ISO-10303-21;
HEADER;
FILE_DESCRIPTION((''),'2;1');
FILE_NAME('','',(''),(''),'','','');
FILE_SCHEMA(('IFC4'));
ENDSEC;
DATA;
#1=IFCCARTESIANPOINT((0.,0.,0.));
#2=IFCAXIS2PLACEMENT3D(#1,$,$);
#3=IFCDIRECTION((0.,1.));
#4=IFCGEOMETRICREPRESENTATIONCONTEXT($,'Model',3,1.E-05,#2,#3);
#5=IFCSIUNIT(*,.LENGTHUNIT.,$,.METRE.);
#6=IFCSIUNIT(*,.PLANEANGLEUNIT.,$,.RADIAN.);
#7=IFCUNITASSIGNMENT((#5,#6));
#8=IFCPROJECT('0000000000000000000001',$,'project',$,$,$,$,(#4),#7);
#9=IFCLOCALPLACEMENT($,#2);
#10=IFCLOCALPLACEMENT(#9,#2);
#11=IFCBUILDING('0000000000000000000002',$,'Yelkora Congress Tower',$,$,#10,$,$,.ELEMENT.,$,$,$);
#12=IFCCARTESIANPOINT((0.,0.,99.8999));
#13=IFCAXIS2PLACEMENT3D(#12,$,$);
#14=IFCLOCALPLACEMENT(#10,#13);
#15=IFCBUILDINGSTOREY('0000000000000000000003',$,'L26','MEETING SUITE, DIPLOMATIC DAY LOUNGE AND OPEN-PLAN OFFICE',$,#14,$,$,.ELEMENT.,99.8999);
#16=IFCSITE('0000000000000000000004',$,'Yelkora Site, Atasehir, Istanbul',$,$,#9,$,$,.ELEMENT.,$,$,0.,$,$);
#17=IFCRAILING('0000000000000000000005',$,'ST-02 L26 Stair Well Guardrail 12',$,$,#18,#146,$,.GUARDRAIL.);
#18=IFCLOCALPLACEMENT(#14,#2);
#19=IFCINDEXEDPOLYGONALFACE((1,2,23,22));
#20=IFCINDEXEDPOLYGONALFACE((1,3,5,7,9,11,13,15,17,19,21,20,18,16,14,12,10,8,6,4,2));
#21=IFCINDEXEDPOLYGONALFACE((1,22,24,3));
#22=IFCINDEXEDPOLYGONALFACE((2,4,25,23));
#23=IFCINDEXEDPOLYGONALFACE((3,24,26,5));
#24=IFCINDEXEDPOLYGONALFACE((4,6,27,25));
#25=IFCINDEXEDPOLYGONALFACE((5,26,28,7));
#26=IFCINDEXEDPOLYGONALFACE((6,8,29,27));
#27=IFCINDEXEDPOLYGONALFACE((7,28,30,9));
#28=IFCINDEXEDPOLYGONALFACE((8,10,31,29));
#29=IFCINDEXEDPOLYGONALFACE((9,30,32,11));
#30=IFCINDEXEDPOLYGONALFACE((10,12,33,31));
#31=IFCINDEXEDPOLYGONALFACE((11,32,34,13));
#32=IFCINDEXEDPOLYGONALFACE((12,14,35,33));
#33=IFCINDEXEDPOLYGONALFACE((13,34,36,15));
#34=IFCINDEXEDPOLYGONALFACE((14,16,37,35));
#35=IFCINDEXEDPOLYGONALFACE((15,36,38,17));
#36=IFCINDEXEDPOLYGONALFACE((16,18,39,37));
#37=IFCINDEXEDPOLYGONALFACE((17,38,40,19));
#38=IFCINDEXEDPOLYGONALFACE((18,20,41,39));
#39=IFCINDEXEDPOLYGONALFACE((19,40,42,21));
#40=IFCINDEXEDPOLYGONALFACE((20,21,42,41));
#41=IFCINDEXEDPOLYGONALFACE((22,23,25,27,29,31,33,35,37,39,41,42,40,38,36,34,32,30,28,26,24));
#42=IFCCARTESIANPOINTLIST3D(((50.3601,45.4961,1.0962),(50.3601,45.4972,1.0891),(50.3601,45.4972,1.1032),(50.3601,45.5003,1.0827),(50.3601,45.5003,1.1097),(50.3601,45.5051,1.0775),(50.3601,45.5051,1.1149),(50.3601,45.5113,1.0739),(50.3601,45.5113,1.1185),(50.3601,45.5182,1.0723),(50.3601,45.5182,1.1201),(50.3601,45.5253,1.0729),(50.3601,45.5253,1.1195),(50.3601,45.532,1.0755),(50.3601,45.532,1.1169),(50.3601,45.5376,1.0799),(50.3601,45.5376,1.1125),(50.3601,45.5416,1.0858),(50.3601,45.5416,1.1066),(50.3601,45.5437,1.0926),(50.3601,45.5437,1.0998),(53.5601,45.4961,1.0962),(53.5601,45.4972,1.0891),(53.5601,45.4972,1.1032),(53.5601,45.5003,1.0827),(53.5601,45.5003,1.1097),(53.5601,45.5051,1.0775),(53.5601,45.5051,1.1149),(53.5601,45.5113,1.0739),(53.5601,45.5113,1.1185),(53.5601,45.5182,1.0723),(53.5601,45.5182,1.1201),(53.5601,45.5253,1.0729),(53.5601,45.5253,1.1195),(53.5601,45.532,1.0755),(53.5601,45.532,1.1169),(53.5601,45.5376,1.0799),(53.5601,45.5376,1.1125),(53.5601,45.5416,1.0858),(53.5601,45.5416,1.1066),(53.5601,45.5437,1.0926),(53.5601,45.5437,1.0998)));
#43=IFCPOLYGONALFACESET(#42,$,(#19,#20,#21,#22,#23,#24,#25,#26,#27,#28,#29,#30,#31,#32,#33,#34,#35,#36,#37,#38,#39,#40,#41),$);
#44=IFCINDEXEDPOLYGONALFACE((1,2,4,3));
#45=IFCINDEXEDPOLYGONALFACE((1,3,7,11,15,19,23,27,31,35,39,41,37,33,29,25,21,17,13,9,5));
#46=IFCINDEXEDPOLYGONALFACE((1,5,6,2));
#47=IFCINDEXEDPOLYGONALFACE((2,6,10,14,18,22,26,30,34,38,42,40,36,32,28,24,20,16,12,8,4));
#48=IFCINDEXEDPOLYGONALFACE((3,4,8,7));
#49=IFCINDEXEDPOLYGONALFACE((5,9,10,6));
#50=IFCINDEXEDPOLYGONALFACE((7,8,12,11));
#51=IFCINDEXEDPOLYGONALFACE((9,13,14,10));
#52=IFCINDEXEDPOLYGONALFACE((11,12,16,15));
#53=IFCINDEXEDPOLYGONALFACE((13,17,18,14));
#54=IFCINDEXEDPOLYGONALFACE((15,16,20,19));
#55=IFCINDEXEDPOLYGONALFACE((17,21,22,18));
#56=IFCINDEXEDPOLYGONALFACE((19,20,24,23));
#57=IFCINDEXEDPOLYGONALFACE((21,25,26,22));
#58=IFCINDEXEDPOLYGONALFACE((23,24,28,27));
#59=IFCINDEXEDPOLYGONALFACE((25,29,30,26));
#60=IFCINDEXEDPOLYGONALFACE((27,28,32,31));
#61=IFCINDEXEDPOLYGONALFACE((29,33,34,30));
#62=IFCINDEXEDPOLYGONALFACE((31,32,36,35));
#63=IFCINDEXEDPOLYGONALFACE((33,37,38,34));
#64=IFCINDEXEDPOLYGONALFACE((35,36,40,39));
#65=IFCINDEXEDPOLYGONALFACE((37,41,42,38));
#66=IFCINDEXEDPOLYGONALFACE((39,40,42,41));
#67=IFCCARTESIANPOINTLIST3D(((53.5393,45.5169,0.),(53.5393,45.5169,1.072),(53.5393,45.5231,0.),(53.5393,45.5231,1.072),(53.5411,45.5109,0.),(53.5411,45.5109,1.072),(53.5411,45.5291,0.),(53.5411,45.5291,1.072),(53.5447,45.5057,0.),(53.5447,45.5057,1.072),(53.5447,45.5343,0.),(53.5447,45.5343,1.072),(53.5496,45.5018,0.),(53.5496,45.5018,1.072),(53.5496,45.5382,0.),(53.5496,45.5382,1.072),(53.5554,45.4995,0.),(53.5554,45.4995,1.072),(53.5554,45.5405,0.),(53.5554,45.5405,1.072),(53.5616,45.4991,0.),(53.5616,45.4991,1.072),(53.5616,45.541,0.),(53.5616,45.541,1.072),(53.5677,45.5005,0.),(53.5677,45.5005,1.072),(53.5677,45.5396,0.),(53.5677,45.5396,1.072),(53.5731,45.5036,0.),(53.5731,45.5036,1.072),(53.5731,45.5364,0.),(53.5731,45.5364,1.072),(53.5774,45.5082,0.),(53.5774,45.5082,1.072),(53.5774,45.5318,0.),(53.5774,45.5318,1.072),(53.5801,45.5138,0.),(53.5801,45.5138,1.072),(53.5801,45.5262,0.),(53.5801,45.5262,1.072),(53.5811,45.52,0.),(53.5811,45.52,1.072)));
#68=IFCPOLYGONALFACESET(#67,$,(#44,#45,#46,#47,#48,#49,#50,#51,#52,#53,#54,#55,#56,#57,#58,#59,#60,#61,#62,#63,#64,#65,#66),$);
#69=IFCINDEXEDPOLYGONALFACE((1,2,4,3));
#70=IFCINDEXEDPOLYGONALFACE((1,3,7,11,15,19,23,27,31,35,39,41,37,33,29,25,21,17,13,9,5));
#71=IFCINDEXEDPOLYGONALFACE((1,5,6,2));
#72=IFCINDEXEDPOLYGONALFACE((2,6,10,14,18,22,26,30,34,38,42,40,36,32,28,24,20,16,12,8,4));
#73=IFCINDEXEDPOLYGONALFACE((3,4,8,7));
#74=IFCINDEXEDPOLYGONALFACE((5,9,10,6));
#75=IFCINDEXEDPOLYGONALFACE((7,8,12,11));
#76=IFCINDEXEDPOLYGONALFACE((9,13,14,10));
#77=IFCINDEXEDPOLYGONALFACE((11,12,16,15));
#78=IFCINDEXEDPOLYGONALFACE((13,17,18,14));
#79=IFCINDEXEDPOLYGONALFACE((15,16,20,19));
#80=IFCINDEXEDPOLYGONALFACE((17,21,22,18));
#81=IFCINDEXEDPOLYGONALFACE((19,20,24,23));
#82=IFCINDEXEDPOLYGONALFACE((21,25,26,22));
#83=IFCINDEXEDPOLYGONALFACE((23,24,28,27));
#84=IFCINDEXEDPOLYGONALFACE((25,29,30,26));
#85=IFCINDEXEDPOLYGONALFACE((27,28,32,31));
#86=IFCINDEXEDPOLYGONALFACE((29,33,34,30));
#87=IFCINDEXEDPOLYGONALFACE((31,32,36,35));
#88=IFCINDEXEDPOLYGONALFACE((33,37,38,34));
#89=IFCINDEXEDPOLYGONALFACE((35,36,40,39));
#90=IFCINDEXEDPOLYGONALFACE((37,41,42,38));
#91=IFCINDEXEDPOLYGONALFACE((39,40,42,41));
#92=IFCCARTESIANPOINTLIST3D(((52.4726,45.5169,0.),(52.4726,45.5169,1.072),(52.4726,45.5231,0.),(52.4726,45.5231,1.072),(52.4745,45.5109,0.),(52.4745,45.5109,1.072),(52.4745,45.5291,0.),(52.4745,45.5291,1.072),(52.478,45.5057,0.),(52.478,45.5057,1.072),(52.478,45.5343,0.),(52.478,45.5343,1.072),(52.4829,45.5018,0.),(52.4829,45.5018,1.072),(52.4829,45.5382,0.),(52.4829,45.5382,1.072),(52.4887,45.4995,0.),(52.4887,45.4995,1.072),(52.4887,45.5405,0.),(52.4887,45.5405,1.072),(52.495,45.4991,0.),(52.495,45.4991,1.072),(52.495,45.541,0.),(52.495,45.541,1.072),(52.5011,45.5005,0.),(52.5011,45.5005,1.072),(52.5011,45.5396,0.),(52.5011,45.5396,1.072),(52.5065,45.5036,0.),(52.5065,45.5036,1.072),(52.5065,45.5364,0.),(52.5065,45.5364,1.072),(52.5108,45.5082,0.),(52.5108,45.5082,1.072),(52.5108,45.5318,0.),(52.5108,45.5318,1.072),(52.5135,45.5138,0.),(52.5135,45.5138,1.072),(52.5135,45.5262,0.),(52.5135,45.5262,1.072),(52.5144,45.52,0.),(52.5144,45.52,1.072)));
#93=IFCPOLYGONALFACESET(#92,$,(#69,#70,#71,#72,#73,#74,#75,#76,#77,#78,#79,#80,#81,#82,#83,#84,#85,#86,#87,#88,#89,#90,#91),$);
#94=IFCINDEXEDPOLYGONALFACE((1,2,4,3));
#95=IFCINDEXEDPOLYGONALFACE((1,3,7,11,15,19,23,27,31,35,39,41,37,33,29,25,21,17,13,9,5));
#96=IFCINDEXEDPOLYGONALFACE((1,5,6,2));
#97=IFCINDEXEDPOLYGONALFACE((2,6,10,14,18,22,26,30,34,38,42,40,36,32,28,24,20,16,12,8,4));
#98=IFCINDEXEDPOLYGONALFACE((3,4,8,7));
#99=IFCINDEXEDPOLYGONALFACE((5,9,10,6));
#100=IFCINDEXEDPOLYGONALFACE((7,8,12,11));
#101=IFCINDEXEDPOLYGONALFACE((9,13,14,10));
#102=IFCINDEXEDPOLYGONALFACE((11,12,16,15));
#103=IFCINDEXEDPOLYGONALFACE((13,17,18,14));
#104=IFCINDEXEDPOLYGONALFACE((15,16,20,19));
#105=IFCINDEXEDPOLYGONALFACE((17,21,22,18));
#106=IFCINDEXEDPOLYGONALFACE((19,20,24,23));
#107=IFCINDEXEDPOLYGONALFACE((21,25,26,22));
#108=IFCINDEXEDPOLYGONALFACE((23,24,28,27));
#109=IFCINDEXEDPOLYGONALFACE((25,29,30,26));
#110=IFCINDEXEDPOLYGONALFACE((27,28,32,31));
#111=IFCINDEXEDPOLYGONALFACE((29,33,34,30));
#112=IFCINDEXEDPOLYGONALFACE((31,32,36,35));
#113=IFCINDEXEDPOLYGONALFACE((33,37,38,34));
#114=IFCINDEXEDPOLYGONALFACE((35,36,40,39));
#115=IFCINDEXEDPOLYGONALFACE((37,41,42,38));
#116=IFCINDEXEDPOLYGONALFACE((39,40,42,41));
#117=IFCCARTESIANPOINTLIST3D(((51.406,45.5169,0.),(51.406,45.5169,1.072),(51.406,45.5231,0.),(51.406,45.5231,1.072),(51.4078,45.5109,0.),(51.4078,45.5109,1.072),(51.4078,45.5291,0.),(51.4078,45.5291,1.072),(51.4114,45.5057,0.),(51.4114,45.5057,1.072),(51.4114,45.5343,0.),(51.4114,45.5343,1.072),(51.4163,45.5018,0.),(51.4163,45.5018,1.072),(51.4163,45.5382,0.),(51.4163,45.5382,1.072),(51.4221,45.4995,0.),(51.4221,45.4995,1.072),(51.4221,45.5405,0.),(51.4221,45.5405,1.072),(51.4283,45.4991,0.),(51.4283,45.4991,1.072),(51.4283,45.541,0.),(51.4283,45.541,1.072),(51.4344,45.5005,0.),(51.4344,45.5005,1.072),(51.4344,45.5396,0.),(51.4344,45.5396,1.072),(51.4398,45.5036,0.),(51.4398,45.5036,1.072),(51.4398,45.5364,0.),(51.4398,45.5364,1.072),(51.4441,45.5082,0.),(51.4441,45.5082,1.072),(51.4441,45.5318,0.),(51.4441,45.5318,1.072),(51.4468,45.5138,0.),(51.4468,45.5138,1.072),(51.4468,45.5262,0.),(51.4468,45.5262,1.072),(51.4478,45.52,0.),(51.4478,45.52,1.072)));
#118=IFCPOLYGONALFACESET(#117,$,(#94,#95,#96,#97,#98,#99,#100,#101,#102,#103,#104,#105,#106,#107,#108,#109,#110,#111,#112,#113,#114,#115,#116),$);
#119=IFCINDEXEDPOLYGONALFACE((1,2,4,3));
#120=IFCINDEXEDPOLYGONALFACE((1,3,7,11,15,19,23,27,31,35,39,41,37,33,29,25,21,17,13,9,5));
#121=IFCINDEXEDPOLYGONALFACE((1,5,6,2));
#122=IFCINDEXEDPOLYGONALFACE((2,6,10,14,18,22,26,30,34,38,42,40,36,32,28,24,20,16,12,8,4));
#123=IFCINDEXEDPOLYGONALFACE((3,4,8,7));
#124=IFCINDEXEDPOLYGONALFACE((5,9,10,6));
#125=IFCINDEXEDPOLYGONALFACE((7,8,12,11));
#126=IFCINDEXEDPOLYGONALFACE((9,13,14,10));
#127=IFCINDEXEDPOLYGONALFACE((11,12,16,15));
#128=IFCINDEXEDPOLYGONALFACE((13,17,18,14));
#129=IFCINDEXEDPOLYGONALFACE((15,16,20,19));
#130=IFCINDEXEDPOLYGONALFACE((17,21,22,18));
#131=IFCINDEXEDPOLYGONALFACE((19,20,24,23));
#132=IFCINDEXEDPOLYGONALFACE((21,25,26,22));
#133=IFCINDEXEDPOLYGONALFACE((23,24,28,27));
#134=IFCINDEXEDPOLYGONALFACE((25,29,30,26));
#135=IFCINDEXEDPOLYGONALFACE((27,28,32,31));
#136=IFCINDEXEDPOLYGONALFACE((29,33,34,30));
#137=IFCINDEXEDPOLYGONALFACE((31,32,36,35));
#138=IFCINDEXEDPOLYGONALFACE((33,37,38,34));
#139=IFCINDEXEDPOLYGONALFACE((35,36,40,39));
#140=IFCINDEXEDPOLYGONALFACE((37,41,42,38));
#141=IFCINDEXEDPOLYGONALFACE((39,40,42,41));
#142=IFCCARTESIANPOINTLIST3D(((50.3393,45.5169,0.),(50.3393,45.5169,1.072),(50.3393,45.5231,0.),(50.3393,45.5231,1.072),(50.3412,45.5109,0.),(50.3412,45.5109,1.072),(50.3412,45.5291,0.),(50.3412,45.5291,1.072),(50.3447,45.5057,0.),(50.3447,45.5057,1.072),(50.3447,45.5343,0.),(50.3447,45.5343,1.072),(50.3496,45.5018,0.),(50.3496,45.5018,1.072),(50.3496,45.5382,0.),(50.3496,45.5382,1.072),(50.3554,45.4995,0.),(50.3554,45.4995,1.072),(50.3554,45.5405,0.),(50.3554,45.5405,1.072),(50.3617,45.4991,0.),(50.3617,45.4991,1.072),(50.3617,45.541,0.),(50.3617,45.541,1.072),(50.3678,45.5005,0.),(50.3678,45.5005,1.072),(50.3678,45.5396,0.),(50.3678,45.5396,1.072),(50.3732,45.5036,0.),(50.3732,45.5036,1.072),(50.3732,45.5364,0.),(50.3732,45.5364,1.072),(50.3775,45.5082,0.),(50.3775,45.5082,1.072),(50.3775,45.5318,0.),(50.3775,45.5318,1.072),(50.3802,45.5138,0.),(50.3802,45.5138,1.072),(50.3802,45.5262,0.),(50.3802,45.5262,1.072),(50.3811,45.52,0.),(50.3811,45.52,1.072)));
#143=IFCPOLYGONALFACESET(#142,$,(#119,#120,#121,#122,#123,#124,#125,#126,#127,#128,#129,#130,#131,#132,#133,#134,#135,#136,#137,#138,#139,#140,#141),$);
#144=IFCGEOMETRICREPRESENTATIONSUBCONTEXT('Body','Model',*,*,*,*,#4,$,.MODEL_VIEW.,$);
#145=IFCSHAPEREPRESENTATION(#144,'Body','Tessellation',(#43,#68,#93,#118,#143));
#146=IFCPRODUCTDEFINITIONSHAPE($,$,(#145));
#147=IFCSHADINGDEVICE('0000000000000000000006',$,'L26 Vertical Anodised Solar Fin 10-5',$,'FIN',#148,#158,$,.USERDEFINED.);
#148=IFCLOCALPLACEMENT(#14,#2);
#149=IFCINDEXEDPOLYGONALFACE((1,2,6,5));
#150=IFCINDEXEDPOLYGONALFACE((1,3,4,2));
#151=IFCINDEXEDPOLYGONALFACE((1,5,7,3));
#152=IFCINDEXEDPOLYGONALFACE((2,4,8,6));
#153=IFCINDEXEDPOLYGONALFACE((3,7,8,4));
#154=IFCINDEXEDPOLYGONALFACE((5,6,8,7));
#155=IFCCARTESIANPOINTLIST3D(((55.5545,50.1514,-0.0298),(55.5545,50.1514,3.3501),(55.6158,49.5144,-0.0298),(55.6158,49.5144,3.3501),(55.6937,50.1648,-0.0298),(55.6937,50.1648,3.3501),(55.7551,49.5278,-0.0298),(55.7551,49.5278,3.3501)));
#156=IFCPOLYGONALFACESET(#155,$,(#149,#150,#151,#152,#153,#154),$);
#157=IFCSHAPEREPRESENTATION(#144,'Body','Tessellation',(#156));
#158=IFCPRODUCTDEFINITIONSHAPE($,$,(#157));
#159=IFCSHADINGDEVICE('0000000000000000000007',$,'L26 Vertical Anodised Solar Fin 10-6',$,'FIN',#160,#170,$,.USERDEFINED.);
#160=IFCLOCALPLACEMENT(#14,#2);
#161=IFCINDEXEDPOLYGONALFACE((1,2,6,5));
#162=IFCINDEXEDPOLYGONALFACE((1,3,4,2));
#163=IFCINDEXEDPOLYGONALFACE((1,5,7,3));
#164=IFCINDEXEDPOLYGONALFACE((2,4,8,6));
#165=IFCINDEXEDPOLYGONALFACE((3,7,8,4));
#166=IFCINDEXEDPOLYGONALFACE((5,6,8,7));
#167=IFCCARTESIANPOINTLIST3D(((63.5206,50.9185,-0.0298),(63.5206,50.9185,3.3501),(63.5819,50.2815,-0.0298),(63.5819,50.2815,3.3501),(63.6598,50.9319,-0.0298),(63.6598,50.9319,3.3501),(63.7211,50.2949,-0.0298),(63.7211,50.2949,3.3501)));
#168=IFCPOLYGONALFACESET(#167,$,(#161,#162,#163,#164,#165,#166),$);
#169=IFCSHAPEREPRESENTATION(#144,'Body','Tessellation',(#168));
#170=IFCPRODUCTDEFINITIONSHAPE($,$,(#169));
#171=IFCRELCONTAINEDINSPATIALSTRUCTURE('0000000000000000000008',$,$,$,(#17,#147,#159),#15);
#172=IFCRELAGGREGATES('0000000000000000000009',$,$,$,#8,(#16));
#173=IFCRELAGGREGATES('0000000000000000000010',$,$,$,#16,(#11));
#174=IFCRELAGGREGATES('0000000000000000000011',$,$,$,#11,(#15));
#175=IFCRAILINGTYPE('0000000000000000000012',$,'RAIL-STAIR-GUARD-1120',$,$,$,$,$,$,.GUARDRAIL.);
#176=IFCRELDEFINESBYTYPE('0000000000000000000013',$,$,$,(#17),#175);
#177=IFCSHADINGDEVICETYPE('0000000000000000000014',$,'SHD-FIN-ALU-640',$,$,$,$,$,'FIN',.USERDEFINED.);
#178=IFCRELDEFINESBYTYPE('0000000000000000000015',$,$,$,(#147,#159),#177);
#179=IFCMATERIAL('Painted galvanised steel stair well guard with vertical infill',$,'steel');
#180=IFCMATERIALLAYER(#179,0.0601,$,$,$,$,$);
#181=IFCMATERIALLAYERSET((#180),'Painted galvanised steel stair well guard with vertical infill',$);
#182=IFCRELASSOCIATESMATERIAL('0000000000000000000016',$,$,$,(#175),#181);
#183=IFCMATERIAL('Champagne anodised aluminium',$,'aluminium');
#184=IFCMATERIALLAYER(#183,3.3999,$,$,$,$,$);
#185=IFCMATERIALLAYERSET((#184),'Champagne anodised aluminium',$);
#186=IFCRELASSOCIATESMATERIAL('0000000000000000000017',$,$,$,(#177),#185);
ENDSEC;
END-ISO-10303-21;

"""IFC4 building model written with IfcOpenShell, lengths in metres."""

from ifc_helpers import new_model, si_unit, direction, frame, origin, origin_2d, place, context, subcontext, project, spatial, rectangle, circle, extrude, material, layer, layer_set, type_object, element, save


model = new_model("IFC4")

# Units and contexts
model_context = context("Model", 3, precision=1e-05, world=origin(), true_north=direction((0.0, 1.0)))
body_context = subcontext(model_context, "Body", "Model", "MODEL_VIEW")
ifc_project = project(units=[si_unit("LENGTHUNIT", "METRE"), si_unit("PLANEANGLEUNIT", "RADIAN")], contexts=[model_context])

# Site, building, storey
site_placement = place(None, origin())
site = spatial("IfcSite", under=ifc_project, at=site_placement, Name="Yelkora Site, Atasehir, Istanbul", CompositionType="ELEMENT", RefElevation=0.0)
building_placement = place(site_placement, origin())
building = spatial("IfcBuilding", under=site, at=building_placement, Name="Yelkora Congress Tower", CompositionType="ELEMENT")
storey_placement = place(building_placement, frame((0.0, 0.0, 99.8999)))
storey = spatial("IfcBuildingStorey", under=building, at=storey_placement, Name="L26", Description="MEETING SUITE, DIPLOMATIC DAY LOUNGE AND OPEN-PLAN OFFICE", CompositionType="ELEMENT", Elevation=99.8999)

# Railing
ifc_material_1 = material(Name="Painted galvanised steel stair well guard with vertical infill", Category="steel")
ifc_layer_1 = layer(ifc_material_1, 0.0601)
ifc_layer_set_1 = layer_set([ifc_layer_1], Name="Painted galvanised steel stair well guard with vertical infill")
railing_type = type_object("IfcRailingType", Name="RAIL-STAIR-GUARD-1120", PredefinedType="GUARDRAIL", material=ifc_layer_set_1)
railing_1_placement = place(storey_placement, frame((53.5601, 45.52, 0.0)))
element("IfcRailing", 1, at=railing_1_placement, inside=storey, type_object=railing_type, Name="ST-02 L26 Stair Well Guardrail 12", PredefinedType="GUARDRAIL", context=body_context, shape_type="SweptSolid", body=[
    extrude(circle(Radius=0.0239, at=origin_2d()), frame((0.0, 0.0, 1.0962), z_axis=(-1.0, 0.0, 0.0), x_axis=(0.0, -1.0, 0.0)), (0.0, 0.0, 1.0), 3.2),
    extrude(circle(Radius=0.021, at=origin_2d()), origin(), (0.0, 0.0, 1.0), 1.072),
    extrude(circle(Radius=0.021, at=origin_2d()), frame((-1.0667, 0.0, 0.0)), (0.0, 0.0, 1.0), 1.072),
    extrude(circle(Radius=0.021, at=origin_2d()), frame((-2.1333, 0.0, 0.0)), (0.0, 0.0, 1.0), 1.072),
    extrude(circle(Radius=0.021, at=origin_2d()), frame((-3.2, 0.0, 0.0)), (0.0, 0.0, 1.0), 1.072),
])

# Shading devices
ifc_material_2 = material(Name="Champagne anodised aluminium", Category="aluminium")
ifc_layer_2 = layer(ifc_material_2, 3.3999)
ifc_layer_set_2 = layer_set([ifc_layer_2], Name="Champagne anodised aluminium")
shading_device_type = type_object("IfcShadingDeviceType", Name="SHD-FIN-ALU-640", ElementType="FIN", PredefinedType="USERDEFINED", material=ifc_layer_set_2)
for number, where, z_axis, x_axis, name in (
    (2, (55.6548, 49.8396, -0.0298), (0.0, 0.0, 1.0), (0.995396, 0.095846, 0.0), "L26 Vertical Anodised Solar Fin 10-5"),
    (3, (63.6208, 50.6067, -0.0298), (0.0, 0.0, 1.0), (0.995396, 0.095846, 0.0), "L26 Vertical Anodised Solar Fin 10-6"),
):
    element("IfcShadingDevice", number, at=place(storey_placement, frame(where, z_axis=z_axis, x_axis=x_axis)), inside=storey, type_object=shading_device_type, Name=name, ObjectType="FIN", PredefinedType="USERDEFINED", context=body_context, shape_type="SweptSolid", body=[
        extrude(rectangle(XDim=0.1399, YDim=0.6399, at=origin_2d()), origin(), (0.0, 0.0, 1.0), 3.3799),
    ])

save(model, "model.ifc")
